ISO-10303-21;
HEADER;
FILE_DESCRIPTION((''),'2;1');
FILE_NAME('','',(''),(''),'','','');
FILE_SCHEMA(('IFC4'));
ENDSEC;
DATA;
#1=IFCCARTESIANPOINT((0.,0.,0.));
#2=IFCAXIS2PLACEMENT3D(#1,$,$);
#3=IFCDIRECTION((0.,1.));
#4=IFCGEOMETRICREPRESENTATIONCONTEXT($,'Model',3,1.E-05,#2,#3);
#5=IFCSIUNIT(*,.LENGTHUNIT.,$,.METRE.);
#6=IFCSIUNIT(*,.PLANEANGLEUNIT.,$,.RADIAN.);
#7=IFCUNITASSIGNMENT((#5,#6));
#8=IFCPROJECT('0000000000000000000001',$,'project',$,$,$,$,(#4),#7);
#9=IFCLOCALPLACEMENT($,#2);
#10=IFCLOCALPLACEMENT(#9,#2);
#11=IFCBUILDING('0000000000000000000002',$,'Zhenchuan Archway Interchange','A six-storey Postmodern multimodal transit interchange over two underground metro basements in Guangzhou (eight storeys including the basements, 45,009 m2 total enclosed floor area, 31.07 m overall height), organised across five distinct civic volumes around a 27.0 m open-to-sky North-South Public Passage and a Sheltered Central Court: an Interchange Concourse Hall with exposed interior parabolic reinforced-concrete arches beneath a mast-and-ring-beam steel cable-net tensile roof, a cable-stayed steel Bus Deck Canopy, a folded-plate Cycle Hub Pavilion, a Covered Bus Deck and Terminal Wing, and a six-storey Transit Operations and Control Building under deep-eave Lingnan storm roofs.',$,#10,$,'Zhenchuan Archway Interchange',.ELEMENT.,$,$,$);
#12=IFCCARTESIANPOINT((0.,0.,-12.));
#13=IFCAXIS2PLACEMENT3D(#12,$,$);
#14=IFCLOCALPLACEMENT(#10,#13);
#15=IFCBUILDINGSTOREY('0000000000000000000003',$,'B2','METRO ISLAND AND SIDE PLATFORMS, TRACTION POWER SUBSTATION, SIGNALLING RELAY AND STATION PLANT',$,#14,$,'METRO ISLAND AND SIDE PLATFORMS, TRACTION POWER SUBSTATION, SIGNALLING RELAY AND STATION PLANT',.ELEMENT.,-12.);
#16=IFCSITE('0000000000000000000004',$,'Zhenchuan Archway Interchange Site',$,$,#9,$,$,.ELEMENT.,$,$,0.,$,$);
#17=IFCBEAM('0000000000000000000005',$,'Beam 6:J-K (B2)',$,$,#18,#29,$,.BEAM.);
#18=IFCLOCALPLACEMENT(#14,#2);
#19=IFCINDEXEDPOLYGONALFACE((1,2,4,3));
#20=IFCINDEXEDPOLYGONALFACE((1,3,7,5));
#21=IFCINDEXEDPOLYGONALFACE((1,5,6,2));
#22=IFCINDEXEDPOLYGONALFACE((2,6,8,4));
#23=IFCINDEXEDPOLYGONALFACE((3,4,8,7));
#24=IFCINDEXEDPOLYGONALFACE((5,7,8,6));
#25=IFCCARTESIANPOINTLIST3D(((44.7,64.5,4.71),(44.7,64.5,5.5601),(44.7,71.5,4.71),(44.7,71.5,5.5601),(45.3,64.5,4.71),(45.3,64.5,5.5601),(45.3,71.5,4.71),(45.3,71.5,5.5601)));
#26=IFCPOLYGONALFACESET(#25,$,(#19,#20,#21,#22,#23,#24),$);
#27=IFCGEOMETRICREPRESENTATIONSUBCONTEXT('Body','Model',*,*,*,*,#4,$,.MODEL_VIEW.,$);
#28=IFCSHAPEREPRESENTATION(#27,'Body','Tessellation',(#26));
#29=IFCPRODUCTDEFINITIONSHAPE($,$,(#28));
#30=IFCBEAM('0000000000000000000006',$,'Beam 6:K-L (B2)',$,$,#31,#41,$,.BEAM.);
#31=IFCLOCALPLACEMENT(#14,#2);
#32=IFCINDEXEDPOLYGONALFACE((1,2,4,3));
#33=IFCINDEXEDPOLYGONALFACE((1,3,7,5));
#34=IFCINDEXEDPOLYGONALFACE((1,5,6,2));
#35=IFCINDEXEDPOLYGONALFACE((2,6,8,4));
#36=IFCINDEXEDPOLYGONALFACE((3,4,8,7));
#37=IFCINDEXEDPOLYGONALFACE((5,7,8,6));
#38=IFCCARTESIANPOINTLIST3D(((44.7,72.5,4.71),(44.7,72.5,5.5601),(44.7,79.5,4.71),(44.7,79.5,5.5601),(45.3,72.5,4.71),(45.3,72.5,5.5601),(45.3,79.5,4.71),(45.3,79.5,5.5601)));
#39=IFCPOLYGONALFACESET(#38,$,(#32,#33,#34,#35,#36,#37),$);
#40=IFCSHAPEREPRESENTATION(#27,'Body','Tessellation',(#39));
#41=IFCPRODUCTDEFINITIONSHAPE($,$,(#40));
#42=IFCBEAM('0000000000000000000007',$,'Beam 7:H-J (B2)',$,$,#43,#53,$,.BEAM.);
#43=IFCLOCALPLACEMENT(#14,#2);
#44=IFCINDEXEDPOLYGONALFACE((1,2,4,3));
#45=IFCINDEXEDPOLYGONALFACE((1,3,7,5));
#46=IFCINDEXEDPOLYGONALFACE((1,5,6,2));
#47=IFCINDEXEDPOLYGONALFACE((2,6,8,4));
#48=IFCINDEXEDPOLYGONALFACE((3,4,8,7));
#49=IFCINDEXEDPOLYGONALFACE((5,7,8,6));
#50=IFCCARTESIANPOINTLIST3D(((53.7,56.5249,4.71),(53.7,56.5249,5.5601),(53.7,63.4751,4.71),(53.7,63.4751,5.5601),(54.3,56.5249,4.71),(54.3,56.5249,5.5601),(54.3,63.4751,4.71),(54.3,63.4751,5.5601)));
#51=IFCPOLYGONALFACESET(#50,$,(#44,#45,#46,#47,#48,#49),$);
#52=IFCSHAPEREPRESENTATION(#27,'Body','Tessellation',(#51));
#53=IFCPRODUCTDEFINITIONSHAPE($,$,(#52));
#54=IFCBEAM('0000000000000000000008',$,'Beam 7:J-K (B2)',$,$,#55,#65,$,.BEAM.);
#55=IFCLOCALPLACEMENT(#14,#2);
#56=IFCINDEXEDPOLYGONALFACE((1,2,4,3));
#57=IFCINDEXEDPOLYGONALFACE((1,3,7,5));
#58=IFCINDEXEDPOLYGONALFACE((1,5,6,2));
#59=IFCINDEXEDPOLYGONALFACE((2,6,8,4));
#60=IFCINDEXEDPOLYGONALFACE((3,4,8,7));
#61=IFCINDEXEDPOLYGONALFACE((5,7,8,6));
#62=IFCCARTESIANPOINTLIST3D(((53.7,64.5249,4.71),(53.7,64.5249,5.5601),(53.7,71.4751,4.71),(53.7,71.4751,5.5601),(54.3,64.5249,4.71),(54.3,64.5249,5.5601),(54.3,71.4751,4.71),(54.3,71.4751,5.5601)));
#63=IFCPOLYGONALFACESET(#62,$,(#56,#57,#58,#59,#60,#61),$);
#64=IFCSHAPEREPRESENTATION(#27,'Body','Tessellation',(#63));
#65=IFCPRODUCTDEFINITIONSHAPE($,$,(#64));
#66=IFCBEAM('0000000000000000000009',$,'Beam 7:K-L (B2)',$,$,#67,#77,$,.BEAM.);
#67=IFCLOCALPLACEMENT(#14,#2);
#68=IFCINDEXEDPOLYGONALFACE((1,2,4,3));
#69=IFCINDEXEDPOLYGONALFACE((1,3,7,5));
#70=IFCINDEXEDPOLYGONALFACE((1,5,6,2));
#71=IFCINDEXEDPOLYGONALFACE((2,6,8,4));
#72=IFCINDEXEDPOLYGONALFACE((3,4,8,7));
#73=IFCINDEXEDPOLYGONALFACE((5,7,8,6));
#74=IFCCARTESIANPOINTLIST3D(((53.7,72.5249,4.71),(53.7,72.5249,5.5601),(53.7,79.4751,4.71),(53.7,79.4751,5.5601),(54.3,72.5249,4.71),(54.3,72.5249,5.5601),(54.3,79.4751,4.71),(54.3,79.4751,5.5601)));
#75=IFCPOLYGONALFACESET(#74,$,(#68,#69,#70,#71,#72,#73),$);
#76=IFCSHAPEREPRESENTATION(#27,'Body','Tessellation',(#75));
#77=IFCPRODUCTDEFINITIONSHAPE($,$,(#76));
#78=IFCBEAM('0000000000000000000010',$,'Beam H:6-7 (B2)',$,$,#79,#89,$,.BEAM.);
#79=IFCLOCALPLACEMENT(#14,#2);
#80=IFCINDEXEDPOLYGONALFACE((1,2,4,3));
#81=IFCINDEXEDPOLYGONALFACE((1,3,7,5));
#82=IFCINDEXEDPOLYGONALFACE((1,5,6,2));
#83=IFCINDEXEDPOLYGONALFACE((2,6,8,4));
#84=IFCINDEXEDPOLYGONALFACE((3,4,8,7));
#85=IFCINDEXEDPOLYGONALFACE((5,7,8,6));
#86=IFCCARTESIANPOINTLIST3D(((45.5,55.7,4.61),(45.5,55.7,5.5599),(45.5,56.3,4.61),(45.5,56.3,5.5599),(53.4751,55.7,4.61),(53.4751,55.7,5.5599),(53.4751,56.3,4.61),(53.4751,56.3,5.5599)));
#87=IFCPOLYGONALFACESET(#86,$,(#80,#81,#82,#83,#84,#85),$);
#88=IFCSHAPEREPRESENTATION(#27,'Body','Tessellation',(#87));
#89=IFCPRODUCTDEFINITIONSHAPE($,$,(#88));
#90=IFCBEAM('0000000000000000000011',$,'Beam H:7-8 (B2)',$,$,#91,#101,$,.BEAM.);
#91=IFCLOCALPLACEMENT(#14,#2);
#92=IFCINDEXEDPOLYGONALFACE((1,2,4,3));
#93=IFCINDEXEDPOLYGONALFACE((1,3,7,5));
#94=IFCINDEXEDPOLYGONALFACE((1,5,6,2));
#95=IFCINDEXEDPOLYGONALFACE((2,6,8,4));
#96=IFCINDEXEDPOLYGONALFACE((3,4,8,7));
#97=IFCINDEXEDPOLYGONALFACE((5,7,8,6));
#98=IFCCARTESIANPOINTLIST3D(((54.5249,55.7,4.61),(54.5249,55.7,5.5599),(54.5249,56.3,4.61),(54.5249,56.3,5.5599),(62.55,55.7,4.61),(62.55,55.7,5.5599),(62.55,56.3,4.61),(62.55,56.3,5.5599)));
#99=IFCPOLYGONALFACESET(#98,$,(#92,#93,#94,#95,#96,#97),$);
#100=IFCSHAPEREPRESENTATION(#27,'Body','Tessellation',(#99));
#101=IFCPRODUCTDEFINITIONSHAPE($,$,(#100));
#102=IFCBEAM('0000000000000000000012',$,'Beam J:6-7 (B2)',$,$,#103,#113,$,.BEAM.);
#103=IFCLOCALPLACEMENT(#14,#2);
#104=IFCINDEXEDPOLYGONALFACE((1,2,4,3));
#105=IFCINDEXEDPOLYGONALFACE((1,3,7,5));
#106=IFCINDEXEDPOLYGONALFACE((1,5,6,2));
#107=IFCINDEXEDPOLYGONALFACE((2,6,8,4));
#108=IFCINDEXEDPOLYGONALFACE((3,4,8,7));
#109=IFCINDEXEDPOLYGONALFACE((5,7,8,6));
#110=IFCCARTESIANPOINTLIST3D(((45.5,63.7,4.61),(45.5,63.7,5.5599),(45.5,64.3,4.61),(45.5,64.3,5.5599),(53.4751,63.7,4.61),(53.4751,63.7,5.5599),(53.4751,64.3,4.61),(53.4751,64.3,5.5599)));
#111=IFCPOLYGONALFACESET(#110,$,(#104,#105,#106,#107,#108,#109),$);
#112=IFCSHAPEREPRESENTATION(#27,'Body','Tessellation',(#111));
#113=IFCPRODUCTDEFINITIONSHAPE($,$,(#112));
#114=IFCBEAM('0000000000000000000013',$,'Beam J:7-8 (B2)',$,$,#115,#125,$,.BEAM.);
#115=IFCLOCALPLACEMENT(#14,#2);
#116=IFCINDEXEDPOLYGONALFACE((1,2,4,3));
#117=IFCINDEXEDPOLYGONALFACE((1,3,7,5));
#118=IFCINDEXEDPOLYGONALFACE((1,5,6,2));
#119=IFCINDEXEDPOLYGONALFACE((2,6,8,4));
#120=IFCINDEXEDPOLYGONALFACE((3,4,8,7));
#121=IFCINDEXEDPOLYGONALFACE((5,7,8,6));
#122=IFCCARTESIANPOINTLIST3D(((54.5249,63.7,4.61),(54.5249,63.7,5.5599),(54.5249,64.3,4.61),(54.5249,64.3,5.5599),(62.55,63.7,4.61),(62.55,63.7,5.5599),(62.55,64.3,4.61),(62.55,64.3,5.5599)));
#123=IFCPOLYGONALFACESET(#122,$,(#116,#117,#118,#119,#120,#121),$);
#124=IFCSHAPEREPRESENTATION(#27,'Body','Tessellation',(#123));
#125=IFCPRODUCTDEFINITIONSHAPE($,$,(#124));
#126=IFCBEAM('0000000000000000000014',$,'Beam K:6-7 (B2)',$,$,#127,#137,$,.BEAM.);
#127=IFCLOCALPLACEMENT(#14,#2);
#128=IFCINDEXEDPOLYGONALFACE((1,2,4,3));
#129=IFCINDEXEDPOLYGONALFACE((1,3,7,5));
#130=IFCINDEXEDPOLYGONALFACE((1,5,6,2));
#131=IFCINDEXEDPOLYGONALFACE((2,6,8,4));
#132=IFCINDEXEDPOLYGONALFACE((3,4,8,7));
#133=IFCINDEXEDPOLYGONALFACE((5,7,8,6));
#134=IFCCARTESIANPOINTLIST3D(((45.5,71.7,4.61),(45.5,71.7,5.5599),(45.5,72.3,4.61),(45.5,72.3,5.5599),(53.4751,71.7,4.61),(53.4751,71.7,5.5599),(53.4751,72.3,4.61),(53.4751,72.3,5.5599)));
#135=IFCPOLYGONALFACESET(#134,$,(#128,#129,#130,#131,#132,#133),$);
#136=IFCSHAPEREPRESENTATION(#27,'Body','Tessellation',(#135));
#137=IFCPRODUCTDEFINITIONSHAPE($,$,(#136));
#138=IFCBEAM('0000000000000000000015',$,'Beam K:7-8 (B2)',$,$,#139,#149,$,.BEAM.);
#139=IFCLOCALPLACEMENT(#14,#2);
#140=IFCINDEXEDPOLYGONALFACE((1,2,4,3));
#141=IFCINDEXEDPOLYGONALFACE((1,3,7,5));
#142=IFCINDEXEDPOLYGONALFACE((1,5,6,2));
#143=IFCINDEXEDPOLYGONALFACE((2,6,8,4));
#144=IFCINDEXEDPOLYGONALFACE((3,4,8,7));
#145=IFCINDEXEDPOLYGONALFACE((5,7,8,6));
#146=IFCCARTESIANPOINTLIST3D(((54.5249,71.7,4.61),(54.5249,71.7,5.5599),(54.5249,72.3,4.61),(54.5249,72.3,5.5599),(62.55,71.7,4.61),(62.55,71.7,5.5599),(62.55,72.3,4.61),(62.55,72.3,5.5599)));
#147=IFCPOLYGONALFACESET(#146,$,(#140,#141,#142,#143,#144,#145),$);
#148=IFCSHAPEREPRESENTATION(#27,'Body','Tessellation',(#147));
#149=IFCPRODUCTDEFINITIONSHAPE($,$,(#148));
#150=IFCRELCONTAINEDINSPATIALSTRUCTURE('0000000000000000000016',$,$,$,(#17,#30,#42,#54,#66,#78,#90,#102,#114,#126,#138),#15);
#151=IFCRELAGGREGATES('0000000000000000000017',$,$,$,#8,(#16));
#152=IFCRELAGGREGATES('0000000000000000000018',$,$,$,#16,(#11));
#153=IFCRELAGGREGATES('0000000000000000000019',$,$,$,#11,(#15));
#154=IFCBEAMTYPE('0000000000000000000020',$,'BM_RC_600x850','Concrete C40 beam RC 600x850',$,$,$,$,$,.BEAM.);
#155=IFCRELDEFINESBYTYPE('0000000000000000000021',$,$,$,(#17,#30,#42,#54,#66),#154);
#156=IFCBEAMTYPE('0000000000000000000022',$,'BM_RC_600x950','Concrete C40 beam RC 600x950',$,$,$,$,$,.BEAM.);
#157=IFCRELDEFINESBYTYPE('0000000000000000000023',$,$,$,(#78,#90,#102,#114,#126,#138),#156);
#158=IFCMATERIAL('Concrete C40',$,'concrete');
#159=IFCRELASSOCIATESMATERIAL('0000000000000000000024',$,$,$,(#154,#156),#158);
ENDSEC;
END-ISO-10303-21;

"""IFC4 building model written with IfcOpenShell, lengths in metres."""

from ifc_helpers import new_model, si_unit, direction, frame, origin, origin_2d, place, context, subcontext, project, spatial, rectangle, extrude, material, material_profile, profile_set, type_object, element, save


model = new_model("IFC4")

# Units and contexts
model_context = context("Model", 3, precision=1e-05, world=origin(), true_north=direction((0.0, 1.0)))
body_context = subcontext(model_context, "Body", "Model", "MODEL_VIEW")
ifc_project = project(units=[si_unit("LENGTHUNIT", "METRE"), si_unit("PLANEANGLEUNIT", "RADIAN")], contexts=[model_context])

# Site, building, storey
site_placement = place(None, origin())
site = spatial("IfcSite", under=ifc_project, at=site_placement, Name="Zhenchuan Archway Interchange Site", CompositionType="ELEMENT", RefElevation=0.0)
building_placement = place(site_placement, origin())
building = spatial("IfcBuilding", under=site, at=building_placement, Name="Zhenchuan Archway Interchange", Description="A six-storey Postmodern multimodal transit interchange over two underground metro basements in Guangzhou (eight storeys including the basements, 45,009 m2 total enclosed floor area, 31.07 m overall height), organised across five distinct civic volumes around a 27.0 m open-to-sky North-South Public Passage and a Sheltered Central Court: an Interchange Concourse Hall with exposed interior parabolic reinforced-concrete arches beneath a mast-and-ring-beam steel cable-net tensile roof, a cable-stayed steel Bus Deck Canopy, a folded-plate Cycle Hub Pavilion, a Covered Bus Deck and Terminal Wing, and a six-storey Transit Operations and Control Building under deep-eave Lingnan storm roofs.", LongName="Zhenchuan Archway Interchange", CompositionType="ELEMENT")
storey_placement = place(building_placement, frame((0.0, 0.0, -12.0)))
storey = spatial("IfcBuildingStorey", under=building, at=storey_placement, Name="B2", Description="METRO ISLAND AND SIDE PLATFORMS, TRACTION POWER SUBSTATION, SIGNALLING RELAY AND STATION PLANT", LongName="METRO ISLAND AND SIDE PLATFORMS, TRACTION POWER SUBSTATION, SIGNALLING RELAY AND STATION PLANT", CompositionType="ELEMENT", Elevation=-12.0)

# Shared definitions
ifc_material_1 = material(Name="Concrete C40", Category="concrete")

# Beams
ifc_material_profile_1 = material_profile(ifc_material_1, rectangle(XDim=0.6001, YDim=0.8501, at=origin_2d()), Name="RC 600x850")
ifc_profile_set_1 = profile_set([ifc_material_profile_1], Name="Concrete C40")
beam_type_1 = type_object("IfcBeamType", Name="BM_RC_600x850", Description="Concrete C40 beam RC 600x850", PredefinedType="BEAM", material=ifc_profile_set_1)
for number, where, z_axis, x_axis, name in (
    (1, (45.0, 64.5, 5.135), (0.0, 1.0, 0.0), (-1.0, 0.0, 0.0), "Beam 6:J-K (B2)"),
    (2, (45.0, 72.5, 5.135), (0.0, 1.0, 0.0), (-1.0, 0.0, 0.0), "Beam 6:K-L (B2)"),
):
    element("IfcBeam", number, at=place(storey_placement, frame(where, z_axis=z_axis, x_axis=x_axis)), inside=storey, type_object=beam_type_1, Name=name, PredefinedType="BEAM", context=body_context, shape_type="SweptSolid", body=[
        extrude(rectangle(XDim=0.6001, YDim=0.8501, at=origin_2d()), origin(), (0.0, 0.0, 1.0), 7.0),
    ])
for number, where, z_axis, x_axis, name in (
    (3, (54.0, 56.5249, 5.135), (0.0, 1.0, 0.0), (-1.0, 0.0, 0.0), "Beam 7:H-J (B2)"),
    (4, (54.0, 64.5249, 5.135), (0.0, 1.0, 0.0), (-1.0, 0.0, 0.0), "Beam 7:J-K (B2)"),
    (5, (54.0, 72.5249, 5.135), (0.0, 1.0, 0.0), (-1.0, 0.0, 0.0), "Beam 7:K-L (B2)"),
):
    element("IfcBeam", number, at=place(storey_placement, frame(where, z_axis=z_axis, x_axis=x_axis)), inside=storey, type_object=beam_type_1, Name=name, PredefinedType="BEAM", context=body_context, shape_type="SweptSolid", body=[
        extrude(rectangle(XDim=0.6001, YDim=0.8501, at=origin_2d()), origin(), (0.0, 0.0, 1.0), 6.9502),
    ])
ifc_material_profile_2 = material_profile(ifc_material_1, rectangle(XDim=0.6001, YDim=0.95, at=origin_2d()), Name="RC 600x950")
ifc_profile_set_2 = profile_set([ifc_material_profile_2], Name="Concrete C40")
beam_type_2 = type_object("IfcBeamType", Name="BM_RC_600x950", Description="Concrete C40 beam RC 600x950", PredefinedType="BEAM", material=ifc_profile_set_2)
beam_1_placement = place(storey_placement, frame((45.5, 56.0, 5.085), z_axis=(1.0, 0.0, 0.0), x_axis=(0.0, 1.0, 0.0)))
element("IfcBeam", 6, at=beam_1_placement, inside=storey, type_object=beam_type_2, Name="Beam H:6-7 (B2)", PredefinedType="BEAM", context=body_context, shape_type="SweptSolid", body=[
    extrude(rectangle(XDim=0.6001, YDim=0.95, at=origin_2d()), origin(), (0.0, 0.0, 1.0), 7.9751),
])
beam_2_placement = place(storey_placement, frame((54.5249, 56.0, 5.085), z_axis=(1.0, 0.0, 0.0), x_axis=(0.0, 1.0, 0.0)))
element("IfcBeam", 7, at=beam_2_placement, inside=storey, type_object=beam_type_2, Name="Beam H:7-8 (B2)", PredefinedType="BEAM", context=body_context, shape_type="SweptSolid", body=[
    extrude(rectangle(XDim=0.6001, YDim=0.95, at=origin_2d()), origin(), (0.0, 0.0, 1.0), 8.0251),
])
beam_3_placement = place(storey_placement, frame((45.5, 64.0, 5.085), z_axis=(1.0, 0.0, 0.0), x_axis=(0.0, 1.0, 0.0)))
element("IfcBeam", 8, at=beam_3_placement, inside=storey, type_object=beam_type_2, Name="Beam J:6-7 (B2)", PredefinedType="BEAM", context=body_context, shape_type="SweptSolid", body=[
    extrude(rectangle(XDim=0.6001, YDim=0.95, at=origin_2d()), origin(), (0.0, 0.0, 1.0), 7.9751),
])
beam_4_placement = place(storey_placement, frame((54.5249, 64.0, 5.085), z_axis=(1.0, 0.0, 0.0), x_axis=(0.0, 1.0, 0.0)))
element("IfcBeam", 9, at=beam_4_placement, inside=storey, type_object=beam_type_2, Name="Beam J:7-8 (B2)", PredefinedType="BEAM", context=body_context, shape_type="SweptSolid", body=[
    extrude(rectangle(XDim=0.6001, YDim=0.95, at=origin_2d()), origin(), (0.0, 0.0, 1.0), 8.0251),
])
beam_5_placement = place(storey_placement, frame((45.5, 72.0, 5.085), z_axis=(1.0, 0.0, 0.0), x_axis=(0.0, 1.0, 0.0)))
element("IfcBeam", 10, at=beam_5_placement, inside=storey, type_object=beam_type_2, Name="Beam K:6-7 (B2)", PredefinedType="BEAM", context=body_context, shape_type="SweptSolid", body=[
    extrude(rectangle(XDim=0.6001, YDim=0.95, at=origin_2d()), origin(), (0.0, 0.0, 1.0), 7.9751),
])
beam_6_placement = place(storey_placement, frame((54.5249, 72.0, 5.085), z_axis=(1.0, 0.0, 0.0), x_axis=(0.0, 1.0, 0.0)))
element("IfcBeam", 11, at=beam_6_placement, inside=storey, type_object=beam_type_2, Name="Beam K:7-8 (B2)", PredefinedType="BEAM", context=body_context, shape_type="SweptSolid", body=[
    extrude(rectangle(XDim=0.6001, YDim=0.95, at=origin_2d()), origin(), (0.0, 0.0, 1.0), 8.0251),
])

save(model, "model.ifc")
